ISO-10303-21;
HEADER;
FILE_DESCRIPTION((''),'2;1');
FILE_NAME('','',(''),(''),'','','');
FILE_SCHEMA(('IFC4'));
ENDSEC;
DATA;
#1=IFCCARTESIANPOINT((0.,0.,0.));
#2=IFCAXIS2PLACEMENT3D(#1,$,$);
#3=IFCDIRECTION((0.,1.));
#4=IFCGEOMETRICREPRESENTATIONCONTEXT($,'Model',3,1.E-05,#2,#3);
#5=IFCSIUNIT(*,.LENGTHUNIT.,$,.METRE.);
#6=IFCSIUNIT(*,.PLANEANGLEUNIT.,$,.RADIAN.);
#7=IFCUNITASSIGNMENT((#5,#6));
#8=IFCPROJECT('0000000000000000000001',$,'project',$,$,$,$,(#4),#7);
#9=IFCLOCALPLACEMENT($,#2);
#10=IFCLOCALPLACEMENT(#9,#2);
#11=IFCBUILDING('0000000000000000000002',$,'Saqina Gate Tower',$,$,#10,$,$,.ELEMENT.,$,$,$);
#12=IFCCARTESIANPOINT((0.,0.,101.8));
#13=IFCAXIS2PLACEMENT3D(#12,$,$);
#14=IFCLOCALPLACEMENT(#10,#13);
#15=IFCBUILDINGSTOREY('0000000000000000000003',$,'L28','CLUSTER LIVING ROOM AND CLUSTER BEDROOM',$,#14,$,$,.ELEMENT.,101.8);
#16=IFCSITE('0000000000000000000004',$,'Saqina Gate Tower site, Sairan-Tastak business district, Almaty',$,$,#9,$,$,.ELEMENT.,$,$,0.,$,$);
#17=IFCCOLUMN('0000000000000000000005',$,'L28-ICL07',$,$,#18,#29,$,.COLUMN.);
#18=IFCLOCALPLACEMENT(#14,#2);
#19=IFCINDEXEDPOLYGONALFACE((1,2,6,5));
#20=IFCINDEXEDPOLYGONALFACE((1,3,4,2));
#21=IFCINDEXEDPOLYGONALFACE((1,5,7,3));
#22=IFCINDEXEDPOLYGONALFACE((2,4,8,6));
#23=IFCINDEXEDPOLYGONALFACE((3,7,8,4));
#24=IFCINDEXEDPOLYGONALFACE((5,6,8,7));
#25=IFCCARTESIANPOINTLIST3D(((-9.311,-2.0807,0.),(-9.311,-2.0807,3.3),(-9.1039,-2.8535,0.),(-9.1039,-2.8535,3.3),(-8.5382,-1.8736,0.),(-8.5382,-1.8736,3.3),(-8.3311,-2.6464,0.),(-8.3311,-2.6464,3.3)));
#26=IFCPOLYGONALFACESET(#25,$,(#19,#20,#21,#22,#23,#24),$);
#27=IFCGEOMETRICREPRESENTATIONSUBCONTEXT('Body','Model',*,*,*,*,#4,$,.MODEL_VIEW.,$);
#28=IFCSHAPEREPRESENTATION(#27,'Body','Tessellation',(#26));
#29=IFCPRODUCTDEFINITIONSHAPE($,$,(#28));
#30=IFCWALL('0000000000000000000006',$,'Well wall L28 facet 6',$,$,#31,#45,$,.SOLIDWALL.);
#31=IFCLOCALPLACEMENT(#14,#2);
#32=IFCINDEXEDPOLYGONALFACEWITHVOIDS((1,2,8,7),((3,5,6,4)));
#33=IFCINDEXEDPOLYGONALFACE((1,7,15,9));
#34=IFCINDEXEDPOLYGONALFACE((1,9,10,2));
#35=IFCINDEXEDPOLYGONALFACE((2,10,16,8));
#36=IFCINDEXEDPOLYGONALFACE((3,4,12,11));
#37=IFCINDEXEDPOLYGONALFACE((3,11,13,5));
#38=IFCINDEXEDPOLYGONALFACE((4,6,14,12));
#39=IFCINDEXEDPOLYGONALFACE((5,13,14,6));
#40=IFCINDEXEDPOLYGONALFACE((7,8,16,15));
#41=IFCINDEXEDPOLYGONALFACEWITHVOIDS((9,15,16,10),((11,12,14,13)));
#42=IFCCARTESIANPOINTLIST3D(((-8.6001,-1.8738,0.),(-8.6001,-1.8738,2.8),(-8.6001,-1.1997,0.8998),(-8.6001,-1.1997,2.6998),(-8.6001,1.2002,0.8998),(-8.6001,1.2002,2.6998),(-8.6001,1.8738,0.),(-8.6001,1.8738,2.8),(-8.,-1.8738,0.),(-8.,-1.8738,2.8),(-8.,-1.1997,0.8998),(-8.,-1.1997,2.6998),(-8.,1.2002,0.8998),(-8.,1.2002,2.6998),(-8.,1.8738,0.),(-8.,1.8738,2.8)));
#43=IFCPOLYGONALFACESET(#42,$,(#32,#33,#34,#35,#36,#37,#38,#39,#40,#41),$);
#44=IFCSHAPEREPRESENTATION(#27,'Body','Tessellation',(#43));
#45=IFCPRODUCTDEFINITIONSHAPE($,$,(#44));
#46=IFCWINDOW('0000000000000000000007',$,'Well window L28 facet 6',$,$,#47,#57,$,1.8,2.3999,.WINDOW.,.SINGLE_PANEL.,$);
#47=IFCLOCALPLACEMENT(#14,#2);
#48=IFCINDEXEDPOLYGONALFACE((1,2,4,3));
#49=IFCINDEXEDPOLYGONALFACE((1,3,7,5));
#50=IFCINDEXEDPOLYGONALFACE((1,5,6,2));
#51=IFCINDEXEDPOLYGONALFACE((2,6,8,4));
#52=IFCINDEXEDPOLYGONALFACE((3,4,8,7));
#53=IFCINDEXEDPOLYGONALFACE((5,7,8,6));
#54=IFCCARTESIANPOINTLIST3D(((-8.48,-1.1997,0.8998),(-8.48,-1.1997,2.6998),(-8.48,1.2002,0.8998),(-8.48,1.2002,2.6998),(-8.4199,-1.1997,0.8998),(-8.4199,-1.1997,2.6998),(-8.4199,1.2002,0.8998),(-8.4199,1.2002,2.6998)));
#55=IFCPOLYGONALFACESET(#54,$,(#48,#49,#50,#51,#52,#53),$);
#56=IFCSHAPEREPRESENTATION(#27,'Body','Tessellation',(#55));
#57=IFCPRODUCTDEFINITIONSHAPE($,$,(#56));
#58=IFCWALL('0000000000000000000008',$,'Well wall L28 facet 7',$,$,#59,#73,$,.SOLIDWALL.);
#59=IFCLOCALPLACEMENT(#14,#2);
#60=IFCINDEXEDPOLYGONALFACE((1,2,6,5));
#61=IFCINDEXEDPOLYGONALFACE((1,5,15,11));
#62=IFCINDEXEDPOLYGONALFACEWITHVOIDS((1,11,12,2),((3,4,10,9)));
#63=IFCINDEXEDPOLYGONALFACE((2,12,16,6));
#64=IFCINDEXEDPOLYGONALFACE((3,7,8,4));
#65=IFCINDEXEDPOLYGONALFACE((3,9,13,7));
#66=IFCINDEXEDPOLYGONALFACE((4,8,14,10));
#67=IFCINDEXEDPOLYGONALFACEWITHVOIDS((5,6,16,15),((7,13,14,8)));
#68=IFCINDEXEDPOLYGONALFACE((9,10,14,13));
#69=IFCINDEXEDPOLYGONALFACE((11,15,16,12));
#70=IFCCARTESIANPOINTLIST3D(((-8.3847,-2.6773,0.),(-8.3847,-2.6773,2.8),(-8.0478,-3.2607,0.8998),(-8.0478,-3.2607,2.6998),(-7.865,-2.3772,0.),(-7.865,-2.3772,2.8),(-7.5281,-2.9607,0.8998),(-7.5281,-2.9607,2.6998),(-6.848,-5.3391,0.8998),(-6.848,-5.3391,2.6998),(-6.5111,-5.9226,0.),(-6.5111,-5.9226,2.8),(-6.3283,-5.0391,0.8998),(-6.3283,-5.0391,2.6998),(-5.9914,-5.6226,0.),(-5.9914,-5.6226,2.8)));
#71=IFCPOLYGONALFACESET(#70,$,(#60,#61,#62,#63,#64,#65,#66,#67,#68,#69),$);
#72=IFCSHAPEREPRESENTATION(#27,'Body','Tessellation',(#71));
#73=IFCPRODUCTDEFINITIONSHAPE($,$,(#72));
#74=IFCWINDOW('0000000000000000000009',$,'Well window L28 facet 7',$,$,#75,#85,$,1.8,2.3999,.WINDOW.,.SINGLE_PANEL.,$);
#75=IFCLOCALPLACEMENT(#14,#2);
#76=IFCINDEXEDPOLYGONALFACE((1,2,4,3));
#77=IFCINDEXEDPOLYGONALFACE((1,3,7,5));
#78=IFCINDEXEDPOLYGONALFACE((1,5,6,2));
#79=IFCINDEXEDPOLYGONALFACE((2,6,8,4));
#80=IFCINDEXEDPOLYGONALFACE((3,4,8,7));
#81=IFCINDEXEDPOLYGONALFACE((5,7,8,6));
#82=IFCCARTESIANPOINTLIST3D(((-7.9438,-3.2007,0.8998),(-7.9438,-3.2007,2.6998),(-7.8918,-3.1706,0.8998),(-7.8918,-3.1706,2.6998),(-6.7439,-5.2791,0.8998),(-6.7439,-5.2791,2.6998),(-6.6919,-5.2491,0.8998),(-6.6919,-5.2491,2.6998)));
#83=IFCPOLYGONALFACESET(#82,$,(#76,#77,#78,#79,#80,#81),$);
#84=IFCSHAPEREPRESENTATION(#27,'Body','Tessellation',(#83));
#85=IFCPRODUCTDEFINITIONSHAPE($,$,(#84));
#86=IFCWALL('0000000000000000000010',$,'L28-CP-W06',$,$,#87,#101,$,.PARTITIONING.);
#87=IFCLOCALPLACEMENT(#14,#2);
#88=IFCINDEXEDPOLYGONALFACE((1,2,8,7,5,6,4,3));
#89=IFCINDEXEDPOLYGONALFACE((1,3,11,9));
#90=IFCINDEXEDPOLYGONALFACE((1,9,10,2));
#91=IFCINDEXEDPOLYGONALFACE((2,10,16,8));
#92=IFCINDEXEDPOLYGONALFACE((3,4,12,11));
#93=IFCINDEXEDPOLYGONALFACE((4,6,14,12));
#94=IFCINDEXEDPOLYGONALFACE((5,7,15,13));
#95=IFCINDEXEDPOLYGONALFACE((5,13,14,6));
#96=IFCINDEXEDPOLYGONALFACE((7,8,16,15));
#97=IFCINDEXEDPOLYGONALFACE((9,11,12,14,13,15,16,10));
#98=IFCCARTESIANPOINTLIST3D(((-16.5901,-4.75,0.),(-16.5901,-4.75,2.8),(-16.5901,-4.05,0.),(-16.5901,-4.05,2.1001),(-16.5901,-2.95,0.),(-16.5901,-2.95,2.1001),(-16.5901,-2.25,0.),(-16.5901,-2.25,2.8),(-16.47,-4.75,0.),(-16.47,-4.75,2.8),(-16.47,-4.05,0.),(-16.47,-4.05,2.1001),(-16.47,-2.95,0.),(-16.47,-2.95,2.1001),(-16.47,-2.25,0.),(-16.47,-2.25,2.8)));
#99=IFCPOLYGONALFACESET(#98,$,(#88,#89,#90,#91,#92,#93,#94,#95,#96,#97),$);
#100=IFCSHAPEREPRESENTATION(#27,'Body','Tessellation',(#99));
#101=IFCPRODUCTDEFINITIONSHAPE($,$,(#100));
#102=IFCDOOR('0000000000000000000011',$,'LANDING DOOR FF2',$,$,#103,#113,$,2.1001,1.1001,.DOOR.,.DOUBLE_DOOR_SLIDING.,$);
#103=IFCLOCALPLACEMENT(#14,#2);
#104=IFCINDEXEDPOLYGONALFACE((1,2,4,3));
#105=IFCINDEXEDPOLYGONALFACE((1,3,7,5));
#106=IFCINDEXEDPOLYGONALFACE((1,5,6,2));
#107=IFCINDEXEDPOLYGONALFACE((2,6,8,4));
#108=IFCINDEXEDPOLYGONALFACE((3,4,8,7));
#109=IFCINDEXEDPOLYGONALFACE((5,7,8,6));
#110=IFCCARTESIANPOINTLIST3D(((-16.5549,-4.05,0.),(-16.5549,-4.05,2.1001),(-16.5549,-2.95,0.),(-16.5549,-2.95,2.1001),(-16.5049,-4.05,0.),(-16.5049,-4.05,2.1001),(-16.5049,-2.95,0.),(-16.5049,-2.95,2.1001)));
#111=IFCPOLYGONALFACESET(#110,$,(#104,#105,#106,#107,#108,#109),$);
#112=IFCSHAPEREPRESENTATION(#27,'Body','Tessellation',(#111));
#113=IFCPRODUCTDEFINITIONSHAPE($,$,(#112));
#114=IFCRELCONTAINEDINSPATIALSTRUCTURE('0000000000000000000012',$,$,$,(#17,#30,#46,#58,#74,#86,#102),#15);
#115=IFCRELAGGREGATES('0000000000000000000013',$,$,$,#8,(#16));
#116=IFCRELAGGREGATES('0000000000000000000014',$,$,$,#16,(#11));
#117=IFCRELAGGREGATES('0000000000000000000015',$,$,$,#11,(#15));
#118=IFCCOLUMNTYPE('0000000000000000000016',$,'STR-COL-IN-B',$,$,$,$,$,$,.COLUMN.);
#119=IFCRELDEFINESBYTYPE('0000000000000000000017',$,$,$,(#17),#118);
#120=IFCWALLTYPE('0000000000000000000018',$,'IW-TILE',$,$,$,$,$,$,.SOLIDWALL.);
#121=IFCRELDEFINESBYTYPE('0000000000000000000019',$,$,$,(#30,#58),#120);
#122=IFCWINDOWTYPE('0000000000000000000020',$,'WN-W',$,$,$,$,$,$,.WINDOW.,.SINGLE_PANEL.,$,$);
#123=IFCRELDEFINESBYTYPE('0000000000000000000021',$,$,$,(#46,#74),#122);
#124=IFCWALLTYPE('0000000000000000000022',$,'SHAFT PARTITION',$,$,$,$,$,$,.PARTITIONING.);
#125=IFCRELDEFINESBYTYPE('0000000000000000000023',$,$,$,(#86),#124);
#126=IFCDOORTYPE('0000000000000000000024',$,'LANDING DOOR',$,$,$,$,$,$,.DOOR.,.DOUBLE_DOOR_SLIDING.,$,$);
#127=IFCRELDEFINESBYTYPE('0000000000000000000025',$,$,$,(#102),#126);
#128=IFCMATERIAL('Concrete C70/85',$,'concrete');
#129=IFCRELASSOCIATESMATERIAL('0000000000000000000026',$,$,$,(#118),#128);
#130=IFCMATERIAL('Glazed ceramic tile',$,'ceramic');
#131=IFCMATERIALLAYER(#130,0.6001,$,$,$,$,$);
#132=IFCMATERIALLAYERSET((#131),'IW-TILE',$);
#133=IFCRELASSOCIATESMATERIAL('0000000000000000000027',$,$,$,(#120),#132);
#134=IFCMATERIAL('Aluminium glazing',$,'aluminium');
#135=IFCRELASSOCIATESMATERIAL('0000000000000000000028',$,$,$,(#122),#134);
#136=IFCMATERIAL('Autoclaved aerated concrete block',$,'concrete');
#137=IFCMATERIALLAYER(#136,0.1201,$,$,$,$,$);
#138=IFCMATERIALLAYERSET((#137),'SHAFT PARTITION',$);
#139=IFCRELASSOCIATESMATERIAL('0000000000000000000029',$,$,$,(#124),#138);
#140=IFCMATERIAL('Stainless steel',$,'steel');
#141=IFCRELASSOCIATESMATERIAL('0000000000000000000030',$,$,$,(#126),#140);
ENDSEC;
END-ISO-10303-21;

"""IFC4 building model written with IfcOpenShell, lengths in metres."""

from ifc_helpers import new_model, si_unit, direction, frame, frame_2d, origin, origin_2d, place, context, subcontext, project, spatial, rectangle, extrude, material, layer, layer_set, material_profile, profile_set, type_object, element, fill, save


model = new_model("IFC4")

# Units and contexts
model_context = context("Model", 3, precision=1e-05, world=origin(), true_north=direction((0.0, 1.0)))
body_context = subcontext(model_context, "Body", "Model", "MODEL_VIEW")
ifc_project = project(units=[si_unit("LENGTHUNIT", "METRE"), si_unit("PLANEANGLEUNIT", "RADIAN")], contexts=[model_context])

# Site, building, storey
site_placement = place(None, origin())
site = spatial("IfcSite", under=ifc_project, at=site_placement, Name="Saqina Gate Tower site, Sairan-Tastak business district, Almaty", CompositionType="ELEMENT", RefElevation=0.0)
building_placement = place(site_placement, origin())
building = spatial("IfcBuilding", under=site, at=building_placement, Name="Saqina Gate Tower", CompositionType="ELEMENT")
storey_placement = place(building_placement, frame((0.0, 0.0, 101.8)))
storey = spatial("IfcBuildingStorey", under=building, at=storey_placement, Name="L28", Description="CLUSTER LIVING ROOM AND CLUSTER BEDROOM", CompositionType="ELEMENT", Elevation=101.8)

# Column
ifc_material_1 = material(Name="Concrete C70/85", Category="concrete")
ifc_material_profile = material_profile(ifc_material_1, rectangle(XDim=0.8, YDim=0.8, at=origin_2d()), Name="RC 800x800")
ifc_profile_set = profile_set([ifc_material_profile], Name="Concrete C70/85")
column_type = type_object("IfcColumnType", Name="STR-COL-IN-B", PredefinedType="COLUMN", material=ifc_profile_set)
column_placement = place(storey_placement, frame((-8.821, -2.3635, 0.0), z_axis=(0.0, 0.0, 1.0), x_axis=(-0.965926, -0.258819, 0.0)))
element("IfcColumn", 1, at=column_placement, inside=storey, type_object=column_type, Name="L28-ICL07", PredefinedType="COLUMN", context=body_context, shape_type="SweptSolid", body=[
    extrude(rectangle(XDim=0.8, YDim=0.8, at=origin_2d()), origin(), (0.0, 0.0, 1.0), 3.3),
])

# Walls, openings, windows
ifc_material_2 = material(Name="Glazed ceramic tile", Category="ceramic")
ifc_layer_1 = layer(ifc_material_2, 0.6001)
ifc_layer_set_1 = layer_set([ifc_layer_1], Name="IW-TILE")
wall_type_1 = type_object("IfcWallType", Name="IW-TILE", PredefinedType="SOLIDWALL", material=ifc_layer_set_1)
wall_1_placement = place(storey_placement, frame((-8.3, 1.8738, 0.0), z_axis=(0.0, 0.0, 1.0), x_axis=(0.0, -1.0, 0.0)))
wall_1 = element("IfcWall", 2, at=wall_1_placement, inside=storey, type_object=wall_type_1, Name="Well wall L28 facet 6", PredefinedType="SOLIDWALL", context=body_context, shape_type="SweptSolid", body=[
    extrude(rectangle(XDim=3.7476, YDim=0.6001, at=frame_2d((1.8738, 0.0))), origin(), (0.0, 0.0, 1.0), 2.8),
])
opening_1_placement = place(wall_1_placement, frame((0.6736, 0.0, 0.8999)))
opening_1 = element("IfcOpeningElement", 3, at=opening_1_placement, cuts=wall_1, PredefinedType="OPENING", context=body_context, shape_type="SweptSolid", body=[
    extrude(rectangle(XDim=2.3999, YDim=1.8, at=frame_2d((1.2, 0.8999))), frame((0.0, 0.312, 0.0), z_axis=(0.0, -1.0, 0.0), x_axis=(1.0, 0.0, 0.0)), (0.0, 0.0, 1.0), 0.624),
])
ifc_material_3 = material(Name="Aluminium glazing", Category="aluminium")
window_type = type_object("IfcWindowType", Name="WN-W", PartitioningType="SINGLE_PANEL", PredefinedType="WINDOW", material=ifc_material_3)
window_1_placement = place(opening_1_placement, origin())
window_1 = element("IfcWindow", 4, at=window_1_placement, inside=storey, type_object=window_type, Name="Well window L28 facet 6", OverallHeight=1.8, OverallWidth=2.3999, PartitioningType="SINGLE_PANEL", PredefinedType="WINDOW", context=body_context, shape_type="SweptSolid", body=[
    extrude(rectangle(XDim=2.3999, YDim=1.8, at=frame_2d((1.2, 0.8999))), frame((0.0, -0.1199, 0.0), z_axis=(0.0, -1.0, 0.0), x_axis=(1.0, 0.0, 0.0)), (0.0, 0.0, 1.0), 0.0601),
])
fill(opening_1, window_1)
wall_2_placement = place(storey_placement, frame((-8.1248, -2.5273, 0.0), z_axis=(0.0, 0.0, 1.0), x_axis=(0.499965, -0.866046, 0.0)))
wall_2 = element("IfcWall", 5, at=wall_2_placement, inside=storey, type_object=wall_type_1, Name="Well wall L28 facet 7", PredefinedType="SOLIDWALL", context=body_context, shape_type="SweptSolid", body=[
    extrude(rectangle(XDim=3.7473, YDim=0.6001, at=frame_2d((1.8735, 0.0))), origin(), (0.0, 0.0, 1.0), 2.8),
])
opening_2_placement = place(wall_2_placement, frame((0.6736, 0.0, 0.8999)))
opening_2 = element("IfcOpeningElement", 6, at=opening_2_placement, cuts=wall_2, PredefinedType="OPENING", context=body_context, shape_type="SweptSolid", body=[
    extrude(rectangle(XDim=2.3999, YDim=1.8, at=frame_2d((1.2, 0.8999))), frame((0.0, 0.312, 0.0), z_axis=(0.0, -1.0, 0.0), x_axis=(1.0, 0.0, 0.0)), (0.0, 0.0, 1.0), 0.624),
])
window_2_placement = place(opening_2_placement, origin())
window_2 = element("IfcWindow", 7, at=window_2_placement, inside=storey, type_object=window_type, Name="Well window L28 facet 7", OverallHeight=1.8, OverallWidth=2.3999, PartitioningType="SINGLE_PANEL", PredefinedType="WINDOW", context=body_context, shape_type="SweptSolid", body=[
    extrude(rectangle(XDim=2.3999, YDim=1.8, at=frame_2d((1.2, 0.8999))), frame((0.0, -0.1199, 0.0), z_axis=(0.0, -1.0, 0.0), x_axis=(1.0, 0.0, 0.0)), (0.0, 0.0, 1.0), 0.0601),
])
fill(opening_2, window_2)

# Wall, opening, door
ifc_material_4 = material(Name="Autoclaved aerated concrete block", Category="concrete")
ifc_layer_2 = layer(ifc_material_4, 0.1201)
ifc_layer_set_2 = layer_set([ifc_layer_2], Name="SHAFT PARTITION")
wall_type_2 = type_object("IfcWallType", Name="SHAFT PARTITION", PredefinedType="PARTITIONING", material=ifc_layer_set_2)
wall_3_placement = place(storey_placement, frame((-16.53, -4.75, 0.0), z_axis=(0.0, 0.0, 1.0), x_axis=(0.0, 1.0, 0.0)))
wall_3 = element("IfcWall", 8, at=wall_3_placement, inside=storey, type_object=wall_type_2, Name="L28-CP-W06", PredefinedType="PARTITIONING", context=body_context, shape_type="SweptSolid", body=[
    extrude(rectangle(XDim=2.5, YDim=0.1201, at=frame_2d((1.25, 0.0))), origin(), (0.0, 0.0, 1.0), 2.8),
])
opening_3_placement = place(wall_3_placement, frame((0.7, 0.0, 0.0)))
opening_3 = element("IfcOpeningElement", 9, at=opening_3_placement, cuts=wall_3, PredefinedType="OPENING", context=body_context, shape_type="SweptSolid", body=[
    extrude(rectangle(XDim=1.1001, YDim=2.1001, at=frame_2d((0.55, 1.05))), frame((0.0, 0.072, 0.0), z_axis=(0.0, -1.0, 0.0), x_axis=(1.0, 0.0, 0.0)), (0.0, 0.0, 1.0), 0.144),
])
ifc_material_5 = material(Name="Stainless steel", Category="steel")
door_type_1 = type_object("IfcDoorType", Name="LANDING DOOR", OperationType="DOUBLE_DOOR_SLIDING", PredefinedType="DOOR", material=ifc_material_5)
door_1_placement = place(opening_3_placement, origin())
door_1 = element("IfcDoor", 10, at=door_1_placement, inside=storey, type_object=door_type_1, Name="LANDING DOOR FF2", OperationType="DOUBLE_DOOR_SLIDING", OverallHeight=2.1001, OverallWidth=1.1001, PredefinedType="DOOR", context=body_context, shape_type="SweptSolid", body=[
    extrude(rectangle(XDim=1.1001, YDim=2.1001, at=frame_2d((0.55, 1.05))), frame((0.0, 0.0249, 0.0), z_axis=(0.0, -1.0, 0.0), x_axis=(1.0, 0.0, 0.0)), (0.0, 0.0, 1.0), 0.05),
])
fill(opening_3, door_1)

save(model, "model.ifc")
